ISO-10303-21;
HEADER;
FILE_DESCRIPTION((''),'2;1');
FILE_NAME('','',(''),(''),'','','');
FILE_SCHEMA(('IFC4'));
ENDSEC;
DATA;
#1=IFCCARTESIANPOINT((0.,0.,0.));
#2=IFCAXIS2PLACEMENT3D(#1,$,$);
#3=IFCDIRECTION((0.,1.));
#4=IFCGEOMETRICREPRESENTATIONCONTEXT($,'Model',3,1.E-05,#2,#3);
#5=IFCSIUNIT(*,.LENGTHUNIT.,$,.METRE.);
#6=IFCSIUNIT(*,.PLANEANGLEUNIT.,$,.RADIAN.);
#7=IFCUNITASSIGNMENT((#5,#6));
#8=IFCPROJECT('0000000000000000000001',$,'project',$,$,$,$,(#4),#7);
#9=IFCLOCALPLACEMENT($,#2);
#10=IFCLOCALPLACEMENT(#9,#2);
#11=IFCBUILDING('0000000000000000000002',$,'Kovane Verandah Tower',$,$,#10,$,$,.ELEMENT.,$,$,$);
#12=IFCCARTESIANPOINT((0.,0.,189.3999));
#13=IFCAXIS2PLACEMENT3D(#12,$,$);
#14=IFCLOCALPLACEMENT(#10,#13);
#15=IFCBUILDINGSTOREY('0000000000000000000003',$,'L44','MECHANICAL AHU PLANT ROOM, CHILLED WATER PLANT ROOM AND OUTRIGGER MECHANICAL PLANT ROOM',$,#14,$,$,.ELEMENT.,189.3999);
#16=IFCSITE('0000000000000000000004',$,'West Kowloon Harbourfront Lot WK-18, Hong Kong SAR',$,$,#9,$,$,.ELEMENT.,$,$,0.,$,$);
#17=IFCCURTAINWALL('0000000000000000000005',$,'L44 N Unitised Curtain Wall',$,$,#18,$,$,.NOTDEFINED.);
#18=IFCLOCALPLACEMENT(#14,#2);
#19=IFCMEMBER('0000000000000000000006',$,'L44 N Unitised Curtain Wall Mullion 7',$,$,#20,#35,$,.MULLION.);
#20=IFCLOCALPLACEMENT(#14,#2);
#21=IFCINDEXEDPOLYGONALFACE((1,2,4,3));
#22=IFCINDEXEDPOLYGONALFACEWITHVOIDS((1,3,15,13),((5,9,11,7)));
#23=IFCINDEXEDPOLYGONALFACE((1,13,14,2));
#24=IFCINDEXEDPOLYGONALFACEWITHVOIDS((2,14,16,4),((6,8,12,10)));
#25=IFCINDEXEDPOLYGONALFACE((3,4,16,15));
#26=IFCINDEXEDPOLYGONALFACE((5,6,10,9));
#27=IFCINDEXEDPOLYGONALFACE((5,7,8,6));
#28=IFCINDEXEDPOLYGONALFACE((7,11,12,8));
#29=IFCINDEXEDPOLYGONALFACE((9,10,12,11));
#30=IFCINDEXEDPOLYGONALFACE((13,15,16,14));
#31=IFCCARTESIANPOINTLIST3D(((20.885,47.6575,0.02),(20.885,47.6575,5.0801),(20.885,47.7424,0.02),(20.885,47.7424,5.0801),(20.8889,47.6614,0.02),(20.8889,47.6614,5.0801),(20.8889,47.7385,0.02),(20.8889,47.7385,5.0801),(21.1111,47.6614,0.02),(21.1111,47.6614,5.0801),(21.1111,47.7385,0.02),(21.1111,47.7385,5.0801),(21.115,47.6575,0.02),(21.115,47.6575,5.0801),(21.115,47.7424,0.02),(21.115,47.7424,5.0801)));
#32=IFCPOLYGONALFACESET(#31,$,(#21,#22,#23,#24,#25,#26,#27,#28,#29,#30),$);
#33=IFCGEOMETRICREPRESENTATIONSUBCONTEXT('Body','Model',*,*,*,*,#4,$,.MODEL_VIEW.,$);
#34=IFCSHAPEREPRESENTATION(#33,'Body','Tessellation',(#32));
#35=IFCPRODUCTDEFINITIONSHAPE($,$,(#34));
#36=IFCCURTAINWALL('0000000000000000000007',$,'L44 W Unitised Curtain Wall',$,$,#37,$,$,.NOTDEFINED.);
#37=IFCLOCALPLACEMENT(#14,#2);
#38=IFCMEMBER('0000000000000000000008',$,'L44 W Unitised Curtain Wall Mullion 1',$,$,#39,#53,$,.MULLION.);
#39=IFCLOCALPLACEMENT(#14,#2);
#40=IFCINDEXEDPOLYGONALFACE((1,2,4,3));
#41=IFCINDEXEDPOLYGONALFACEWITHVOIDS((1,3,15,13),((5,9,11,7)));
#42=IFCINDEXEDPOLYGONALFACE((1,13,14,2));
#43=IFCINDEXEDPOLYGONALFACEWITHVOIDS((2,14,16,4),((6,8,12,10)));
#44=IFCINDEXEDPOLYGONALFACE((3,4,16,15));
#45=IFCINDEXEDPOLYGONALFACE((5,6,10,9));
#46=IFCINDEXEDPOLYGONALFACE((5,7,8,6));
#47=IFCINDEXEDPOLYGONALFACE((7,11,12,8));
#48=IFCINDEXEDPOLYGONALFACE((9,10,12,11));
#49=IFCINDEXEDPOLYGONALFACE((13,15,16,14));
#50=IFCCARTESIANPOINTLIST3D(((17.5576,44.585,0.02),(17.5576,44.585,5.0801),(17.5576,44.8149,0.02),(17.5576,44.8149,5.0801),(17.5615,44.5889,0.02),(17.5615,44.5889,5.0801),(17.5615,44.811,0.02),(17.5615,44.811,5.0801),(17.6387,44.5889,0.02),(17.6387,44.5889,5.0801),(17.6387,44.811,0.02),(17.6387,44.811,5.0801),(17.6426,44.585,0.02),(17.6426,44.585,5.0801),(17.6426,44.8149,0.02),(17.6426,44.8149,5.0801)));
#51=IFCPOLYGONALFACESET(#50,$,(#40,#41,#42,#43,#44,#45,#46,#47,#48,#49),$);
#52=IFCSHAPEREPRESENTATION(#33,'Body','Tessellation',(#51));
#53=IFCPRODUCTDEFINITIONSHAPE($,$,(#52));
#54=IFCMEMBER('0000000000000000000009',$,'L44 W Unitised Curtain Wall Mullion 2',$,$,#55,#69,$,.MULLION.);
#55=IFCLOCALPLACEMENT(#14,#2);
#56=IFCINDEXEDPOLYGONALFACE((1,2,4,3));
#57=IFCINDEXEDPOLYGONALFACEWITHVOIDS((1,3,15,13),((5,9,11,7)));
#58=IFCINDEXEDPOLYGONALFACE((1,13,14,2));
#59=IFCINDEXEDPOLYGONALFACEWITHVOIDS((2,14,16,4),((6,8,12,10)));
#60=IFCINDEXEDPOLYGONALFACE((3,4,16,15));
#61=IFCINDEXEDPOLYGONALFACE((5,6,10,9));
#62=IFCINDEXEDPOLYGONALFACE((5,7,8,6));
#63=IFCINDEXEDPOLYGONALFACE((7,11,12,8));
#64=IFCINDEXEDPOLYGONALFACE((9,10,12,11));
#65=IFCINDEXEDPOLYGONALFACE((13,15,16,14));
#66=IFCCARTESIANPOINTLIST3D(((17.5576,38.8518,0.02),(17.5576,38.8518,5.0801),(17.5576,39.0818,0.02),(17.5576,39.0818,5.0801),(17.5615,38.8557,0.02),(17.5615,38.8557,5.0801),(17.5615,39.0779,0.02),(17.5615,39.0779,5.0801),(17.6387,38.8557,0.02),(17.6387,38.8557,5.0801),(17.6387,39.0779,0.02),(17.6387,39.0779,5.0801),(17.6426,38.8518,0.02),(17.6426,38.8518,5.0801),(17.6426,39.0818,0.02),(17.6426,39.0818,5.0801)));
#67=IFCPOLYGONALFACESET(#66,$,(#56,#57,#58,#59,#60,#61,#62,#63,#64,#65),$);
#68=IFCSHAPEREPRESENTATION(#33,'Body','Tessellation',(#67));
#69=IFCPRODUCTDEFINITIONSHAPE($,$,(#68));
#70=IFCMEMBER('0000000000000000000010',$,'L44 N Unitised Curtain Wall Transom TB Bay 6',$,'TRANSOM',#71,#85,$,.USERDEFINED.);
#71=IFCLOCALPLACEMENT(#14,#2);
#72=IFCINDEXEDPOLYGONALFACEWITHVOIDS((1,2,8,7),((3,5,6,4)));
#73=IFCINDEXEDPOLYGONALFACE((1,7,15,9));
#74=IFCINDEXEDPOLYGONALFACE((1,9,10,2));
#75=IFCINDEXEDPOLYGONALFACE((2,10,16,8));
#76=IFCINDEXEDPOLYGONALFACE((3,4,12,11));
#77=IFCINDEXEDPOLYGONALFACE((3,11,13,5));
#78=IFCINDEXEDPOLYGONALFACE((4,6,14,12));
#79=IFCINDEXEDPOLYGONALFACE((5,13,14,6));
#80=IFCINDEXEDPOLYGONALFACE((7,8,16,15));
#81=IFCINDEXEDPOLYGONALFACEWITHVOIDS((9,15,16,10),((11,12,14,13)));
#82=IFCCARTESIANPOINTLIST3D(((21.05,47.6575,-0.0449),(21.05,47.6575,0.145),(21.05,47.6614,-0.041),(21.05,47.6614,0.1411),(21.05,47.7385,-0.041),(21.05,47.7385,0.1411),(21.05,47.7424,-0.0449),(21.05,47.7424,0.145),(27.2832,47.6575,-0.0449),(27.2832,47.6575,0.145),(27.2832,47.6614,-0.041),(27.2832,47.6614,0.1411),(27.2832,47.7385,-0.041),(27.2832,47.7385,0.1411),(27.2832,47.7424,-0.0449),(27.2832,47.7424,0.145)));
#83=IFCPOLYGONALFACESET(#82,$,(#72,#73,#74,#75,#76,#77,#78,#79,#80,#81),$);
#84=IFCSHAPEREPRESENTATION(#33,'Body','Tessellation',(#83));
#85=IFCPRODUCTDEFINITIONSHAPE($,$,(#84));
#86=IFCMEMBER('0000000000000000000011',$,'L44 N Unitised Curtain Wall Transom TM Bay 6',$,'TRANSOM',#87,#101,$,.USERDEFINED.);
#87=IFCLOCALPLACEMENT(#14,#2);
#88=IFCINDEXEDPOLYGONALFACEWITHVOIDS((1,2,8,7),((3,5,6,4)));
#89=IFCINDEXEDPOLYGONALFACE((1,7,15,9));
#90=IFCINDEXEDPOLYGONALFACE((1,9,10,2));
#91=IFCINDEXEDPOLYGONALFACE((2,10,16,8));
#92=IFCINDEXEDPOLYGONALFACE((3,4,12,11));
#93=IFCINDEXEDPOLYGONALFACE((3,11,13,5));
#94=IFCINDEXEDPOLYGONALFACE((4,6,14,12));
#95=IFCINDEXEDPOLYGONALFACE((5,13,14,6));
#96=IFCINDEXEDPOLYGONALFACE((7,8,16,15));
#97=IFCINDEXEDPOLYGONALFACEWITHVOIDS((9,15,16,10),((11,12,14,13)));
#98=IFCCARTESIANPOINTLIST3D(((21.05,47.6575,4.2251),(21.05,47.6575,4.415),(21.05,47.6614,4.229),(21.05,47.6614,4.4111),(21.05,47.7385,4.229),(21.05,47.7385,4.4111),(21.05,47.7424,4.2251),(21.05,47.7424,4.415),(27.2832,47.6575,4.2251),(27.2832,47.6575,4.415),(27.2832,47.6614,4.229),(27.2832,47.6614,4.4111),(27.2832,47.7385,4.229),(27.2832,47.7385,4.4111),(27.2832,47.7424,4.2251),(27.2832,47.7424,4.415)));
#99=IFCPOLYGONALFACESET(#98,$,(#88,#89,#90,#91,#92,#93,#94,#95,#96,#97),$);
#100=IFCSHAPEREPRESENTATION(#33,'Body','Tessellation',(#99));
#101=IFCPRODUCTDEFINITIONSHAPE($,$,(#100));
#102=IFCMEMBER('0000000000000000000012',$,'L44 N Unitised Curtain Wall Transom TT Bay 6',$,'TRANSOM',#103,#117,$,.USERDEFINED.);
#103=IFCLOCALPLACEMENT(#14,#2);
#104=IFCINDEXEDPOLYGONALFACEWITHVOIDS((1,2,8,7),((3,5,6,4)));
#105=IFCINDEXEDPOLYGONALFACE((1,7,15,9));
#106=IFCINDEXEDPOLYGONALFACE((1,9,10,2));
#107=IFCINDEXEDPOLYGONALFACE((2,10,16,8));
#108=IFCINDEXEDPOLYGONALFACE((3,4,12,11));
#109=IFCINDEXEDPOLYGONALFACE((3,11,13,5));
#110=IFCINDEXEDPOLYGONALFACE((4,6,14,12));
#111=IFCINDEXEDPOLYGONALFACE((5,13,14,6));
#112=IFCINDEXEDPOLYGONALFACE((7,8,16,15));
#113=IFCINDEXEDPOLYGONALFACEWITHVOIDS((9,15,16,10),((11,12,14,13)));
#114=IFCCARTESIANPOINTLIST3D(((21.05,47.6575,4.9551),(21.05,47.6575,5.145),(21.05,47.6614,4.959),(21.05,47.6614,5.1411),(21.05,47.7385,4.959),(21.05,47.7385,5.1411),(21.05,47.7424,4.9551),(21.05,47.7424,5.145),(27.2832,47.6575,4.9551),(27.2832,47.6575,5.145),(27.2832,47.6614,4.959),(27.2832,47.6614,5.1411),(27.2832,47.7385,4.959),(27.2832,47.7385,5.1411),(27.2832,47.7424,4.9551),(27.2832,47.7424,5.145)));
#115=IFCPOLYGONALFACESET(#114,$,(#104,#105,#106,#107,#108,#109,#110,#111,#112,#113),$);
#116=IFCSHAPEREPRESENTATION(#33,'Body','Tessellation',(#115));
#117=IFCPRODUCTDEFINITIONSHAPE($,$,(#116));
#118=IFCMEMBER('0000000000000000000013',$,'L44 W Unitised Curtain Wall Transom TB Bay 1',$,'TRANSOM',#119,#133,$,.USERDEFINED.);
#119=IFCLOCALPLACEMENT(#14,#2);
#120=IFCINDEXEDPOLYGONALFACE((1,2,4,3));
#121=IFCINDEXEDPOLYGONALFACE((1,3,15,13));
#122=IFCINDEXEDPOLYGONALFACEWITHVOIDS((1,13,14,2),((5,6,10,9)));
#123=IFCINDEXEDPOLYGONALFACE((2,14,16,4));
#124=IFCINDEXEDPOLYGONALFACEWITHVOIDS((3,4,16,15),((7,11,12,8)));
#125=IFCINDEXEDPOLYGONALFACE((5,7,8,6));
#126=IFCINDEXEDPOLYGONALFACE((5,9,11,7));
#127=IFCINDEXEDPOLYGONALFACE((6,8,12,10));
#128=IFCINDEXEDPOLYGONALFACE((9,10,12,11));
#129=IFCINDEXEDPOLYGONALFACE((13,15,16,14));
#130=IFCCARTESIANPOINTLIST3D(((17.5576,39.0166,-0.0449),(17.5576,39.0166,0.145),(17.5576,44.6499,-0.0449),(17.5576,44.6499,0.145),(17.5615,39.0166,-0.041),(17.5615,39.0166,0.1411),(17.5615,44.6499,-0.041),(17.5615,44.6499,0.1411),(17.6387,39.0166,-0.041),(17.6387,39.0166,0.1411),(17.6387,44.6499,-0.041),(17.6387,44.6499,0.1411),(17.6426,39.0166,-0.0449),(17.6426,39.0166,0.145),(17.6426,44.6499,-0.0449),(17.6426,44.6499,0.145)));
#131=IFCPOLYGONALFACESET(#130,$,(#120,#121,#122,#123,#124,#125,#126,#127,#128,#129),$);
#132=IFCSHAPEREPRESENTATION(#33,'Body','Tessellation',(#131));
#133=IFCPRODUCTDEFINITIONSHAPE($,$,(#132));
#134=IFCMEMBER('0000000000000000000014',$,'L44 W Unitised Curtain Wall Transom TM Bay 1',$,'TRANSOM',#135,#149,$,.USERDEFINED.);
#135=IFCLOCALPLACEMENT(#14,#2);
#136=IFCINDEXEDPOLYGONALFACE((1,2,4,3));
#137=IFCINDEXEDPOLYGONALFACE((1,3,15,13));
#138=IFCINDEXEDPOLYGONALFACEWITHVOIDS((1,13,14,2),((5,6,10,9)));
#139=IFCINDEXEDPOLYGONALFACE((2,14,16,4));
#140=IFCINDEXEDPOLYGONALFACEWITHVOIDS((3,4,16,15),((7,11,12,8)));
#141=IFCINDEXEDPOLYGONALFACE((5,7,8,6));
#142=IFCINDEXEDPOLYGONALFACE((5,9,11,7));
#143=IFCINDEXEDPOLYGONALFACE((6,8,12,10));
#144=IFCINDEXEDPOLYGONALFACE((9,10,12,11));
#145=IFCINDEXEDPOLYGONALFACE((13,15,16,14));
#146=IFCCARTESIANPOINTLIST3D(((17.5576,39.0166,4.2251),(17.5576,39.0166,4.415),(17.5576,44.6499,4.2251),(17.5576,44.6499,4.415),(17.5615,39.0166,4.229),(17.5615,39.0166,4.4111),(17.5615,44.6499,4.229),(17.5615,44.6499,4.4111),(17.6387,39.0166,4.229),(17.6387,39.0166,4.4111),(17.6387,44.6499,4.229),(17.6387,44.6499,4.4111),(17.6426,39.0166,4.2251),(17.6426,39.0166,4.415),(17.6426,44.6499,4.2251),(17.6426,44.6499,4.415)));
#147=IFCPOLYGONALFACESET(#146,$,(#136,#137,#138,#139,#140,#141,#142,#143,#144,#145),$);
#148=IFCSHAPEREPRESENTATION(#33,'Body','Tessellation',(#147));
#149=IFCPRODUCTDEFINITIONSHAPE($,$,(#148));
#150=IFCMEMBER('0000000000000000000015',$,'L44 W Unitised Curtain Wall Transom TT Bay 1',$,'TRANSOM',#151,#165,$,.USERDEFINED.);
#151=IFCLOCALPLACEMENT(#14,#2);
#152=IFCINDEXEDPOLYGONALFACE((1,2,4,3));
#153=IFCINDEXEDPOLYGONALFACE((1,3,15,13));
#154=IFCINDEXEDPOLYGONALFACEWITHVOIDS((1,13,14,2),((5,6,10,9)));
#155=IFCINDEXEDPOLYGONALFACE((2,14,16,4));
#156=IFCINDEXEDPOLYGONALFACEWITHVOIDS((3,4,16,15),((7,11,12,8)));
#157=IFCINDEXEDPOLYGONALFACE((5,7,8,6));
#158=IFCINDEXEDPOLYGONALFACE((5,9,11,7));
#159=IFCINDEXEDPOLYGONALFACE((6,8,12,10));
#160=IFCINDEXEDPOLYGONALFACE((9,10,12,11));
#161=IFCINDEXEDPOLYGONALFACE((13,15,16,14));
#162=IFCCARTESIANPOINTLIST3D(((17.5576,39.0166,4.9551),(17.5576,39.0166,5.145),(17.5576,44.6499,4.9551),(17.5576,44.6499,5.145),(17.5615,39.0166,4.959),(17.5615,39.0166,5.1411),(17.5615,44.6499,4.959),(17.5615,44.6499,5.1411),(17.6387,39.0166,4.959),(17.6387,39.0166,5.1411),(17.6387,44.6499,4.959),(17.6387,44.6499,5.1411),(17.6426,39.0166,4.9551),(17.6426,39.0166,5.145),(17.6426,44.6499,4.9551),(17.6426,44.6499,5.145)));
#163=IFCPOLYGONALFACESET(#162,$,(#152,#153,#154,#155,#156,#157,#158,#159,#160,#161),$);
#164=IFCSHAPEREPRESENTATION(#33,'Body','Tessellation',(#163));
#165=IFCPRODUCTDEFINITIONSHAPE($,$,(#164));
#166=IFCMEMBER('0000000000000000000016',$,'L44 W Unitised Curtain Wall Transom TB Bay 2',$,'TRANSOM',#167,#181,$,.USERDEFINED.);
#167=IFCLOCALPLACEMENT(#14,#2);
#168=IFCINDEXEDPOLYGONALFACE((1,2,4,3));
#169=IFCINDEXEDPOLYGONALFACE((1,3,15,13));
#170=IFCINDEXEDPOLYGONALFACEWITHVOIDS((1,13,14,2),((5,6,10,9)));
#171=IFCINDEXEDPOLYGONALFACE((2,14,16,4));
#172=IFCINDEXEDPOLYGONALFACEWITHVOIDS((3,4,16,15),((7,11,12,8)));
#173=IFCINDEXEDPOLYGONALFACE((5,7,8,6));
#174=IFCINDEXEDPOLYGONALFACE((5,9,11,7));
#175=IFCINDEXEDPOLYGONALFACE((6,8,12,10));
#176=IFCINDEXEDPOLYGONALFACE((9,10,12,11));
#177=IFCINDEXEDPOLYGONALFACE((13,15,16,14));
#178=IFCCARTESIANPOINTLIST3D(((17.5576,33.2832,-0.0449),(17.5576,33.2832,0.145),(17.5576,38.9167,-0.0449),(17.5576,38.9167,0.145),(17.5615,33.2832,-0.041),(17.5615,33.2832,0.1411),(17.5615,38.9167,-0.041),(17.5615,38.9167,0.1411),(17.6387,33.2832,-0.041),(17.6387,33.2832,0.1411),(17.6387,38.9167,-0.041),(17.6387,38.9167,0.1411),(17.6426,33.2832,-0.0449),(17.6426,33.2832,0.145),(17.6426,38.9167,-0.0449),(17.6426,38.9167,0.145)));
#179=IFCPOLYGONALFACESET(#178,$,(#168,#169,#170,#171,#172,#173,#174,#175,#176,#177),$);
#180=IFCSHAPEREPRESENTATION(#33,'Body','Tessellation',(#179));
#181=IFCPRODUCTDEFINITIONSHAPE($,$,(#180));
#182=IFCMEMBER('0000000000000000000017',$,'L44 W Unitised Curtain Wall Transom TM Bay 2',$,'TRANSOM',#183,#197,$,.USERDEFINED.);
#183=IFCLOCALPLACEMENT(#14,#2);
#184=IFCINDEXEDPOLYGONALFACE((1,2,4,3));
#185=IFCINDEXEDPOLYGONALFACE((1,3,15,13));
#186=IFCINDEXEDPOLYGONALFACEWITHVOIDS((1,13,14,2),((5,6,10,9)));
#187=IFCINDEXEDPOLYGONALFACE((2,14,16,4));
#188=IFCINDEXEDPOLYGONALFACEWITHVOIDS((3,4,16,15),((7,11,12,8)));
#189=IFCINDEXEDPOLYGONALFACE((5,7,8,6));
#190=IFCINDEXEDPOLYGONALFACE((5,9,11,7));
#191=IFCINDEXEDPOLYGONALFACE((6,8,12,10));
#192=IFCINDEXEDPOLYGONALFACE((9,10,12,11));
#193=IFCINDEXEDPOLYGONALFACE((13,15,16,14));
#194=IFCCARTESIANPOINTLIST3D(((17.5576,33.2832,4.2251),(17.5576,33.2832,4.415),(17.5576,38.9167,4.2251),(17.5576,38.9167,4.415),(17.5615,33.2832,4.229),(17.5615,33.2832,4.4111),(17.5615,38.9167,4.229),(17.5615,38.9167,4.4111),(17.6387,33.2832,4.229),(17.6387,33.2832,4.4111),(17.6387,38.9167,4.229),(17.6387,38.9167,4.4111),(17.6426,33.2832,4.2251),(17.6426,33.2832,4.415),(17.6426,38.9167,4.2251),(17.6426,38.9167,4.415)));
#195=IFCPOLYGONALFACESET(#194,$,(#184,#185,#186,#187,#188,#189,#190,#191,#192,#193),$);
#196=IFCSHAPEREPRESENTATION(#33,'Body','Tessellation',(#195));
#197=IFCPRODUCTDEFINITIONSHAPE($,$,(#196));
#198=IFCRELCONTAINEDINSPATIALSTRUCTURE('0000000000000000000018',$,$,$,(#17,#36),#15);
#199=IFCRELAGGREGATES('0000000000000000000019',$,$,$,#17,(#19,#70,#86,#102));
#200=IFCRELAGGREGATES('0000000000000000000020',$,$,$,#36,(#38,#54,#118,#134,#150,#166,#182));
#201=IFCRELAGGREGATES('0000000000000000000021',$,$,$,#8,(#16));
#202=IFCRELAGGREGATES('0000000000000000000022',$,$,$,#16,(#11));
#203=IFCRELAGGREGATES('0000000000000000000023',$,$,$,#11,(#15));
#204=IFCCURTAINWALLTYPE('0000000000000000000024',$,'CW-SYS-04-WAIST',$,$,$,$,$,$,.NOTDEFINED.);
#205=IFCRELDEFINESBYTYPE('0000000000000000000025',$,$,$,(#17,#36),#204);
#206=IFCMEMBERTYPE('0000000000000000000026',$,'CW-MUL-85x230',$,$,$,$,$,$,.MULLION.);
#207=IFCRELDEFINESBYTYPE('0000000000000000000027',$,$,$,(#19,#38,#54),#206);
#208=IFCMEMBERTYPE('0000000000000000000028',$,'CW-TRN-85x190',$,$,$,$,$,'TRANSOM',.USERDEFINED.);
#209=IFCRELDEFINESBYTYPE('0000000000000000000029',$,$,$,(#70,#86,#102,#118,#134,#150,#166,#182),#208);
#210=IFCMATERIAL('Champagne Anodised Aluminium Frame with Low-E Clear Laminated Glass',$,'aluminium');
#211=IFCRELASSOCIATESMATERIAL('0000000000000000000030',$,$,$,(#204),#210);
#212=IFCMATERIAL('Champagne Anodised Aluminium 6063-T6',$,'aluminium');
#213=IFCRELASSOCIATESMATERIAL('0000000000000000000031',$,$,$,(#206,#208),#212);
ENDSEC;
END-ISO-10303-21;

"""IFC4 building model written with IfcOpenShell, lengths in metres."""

from ifc_helpers import new_model, si_unit, direction, frame, origin, origin_2d, place, context, subcontext, project, spatial, hollow_rectangle, extrude, material, material_profile, profile_set, type_object, element, aggregate, save


model = new_model("IFC4")

# Units and contexts
model_context = context("Model", 3, precision=1e-05, world=origin(), true_north=direction((0.0, 1.0)))
body_context = subcontext(model_context, "Body", "Model", "MODEL_VIEW")
ifc_project = project(units=[si_unit("LENGTHUNIT", "METRE"), si_unit("PLANEANGLEUNIT", "RADIAN")], contexts=[model_context])

# Site, building, storey
site_placement = place(None, origin())
site = spatial("IfcSite", under=ifc_project, at=site_placement, Name="West Kowloon Harbourfront Lot WK-18, Hong Kong SAR", CompositionType="ELEMENT", RefElevation=0.0)
building_placement = place(site_placement, origin())
building = spatial("IfcBuilding", under=site, at=building_placement, Name="Kovane Verandah Tower", CompositionType="ELEMENT")
storey_placement = place(building_placement, frame((0.0, 0.0, 189.3999)))
storey = spatial("IfcBuildingStorey", under=building, at=storey_placement, Name="L44", Description="MECHANICAL AHU PLANT ROOM, CHILLED WATER PLANT ROOM AND OUTRIGGER MECHANICAL PLANT ROOM", CompositionType="ELEMENT", Elevation=189.3999)

# Curtain walls, members
ifc_material_1 = material(Name="Champagne Anodised Aluminium Frame with Low-E Clear Laminated Glass", Category="aluminium")
curtain_wall_type = type_object("IfcCurtainWallType", Name="CW-SYS-04-WAIST", PredefinedType="NOTDEFINED", material=ifc_material_1)
curtain_wall_1_placement = place(storey_placement, origin())
curtain_wall_1 = element("IfcCurtainWall", 1, at=curtain_wall_1_placement, inside=storey, type_object=curtain_wall_type, Name="L44 N Unitised Curtain Wall", PredefinedType="NOTDEFINED")
ifc_material_2 = material(Name="Champagne Anodised Aluminium 6063-T6", Category="aluminium")
ifc_material_profile_1 = material_profile(ifc_material_2, hollow_rectangle(XDim=0.085, YDim=0.23, WallThickness=0.0039, at=origin_2d()), Name="AL85x230x4")
ifc_profile_set_1 = profile_set([ifc_material_profile_1], Name="Champagne Anodised Aluminium 6063-T6")
member_type_1 = type_object("IfcMemberType", Name="CW-MUL-85x230", PredefinedType="MULLION", material=ifc_profile_set_1)
member_1_placement = place(storey_placement, frame((21.0, 47.7, 0.02), z_axis=(0.0, 0.0, 1.0), x_axis=(0.0, 1.0, 0.0)))
member_1 = element("IfcMember", 2, at=member_1_placement, type_object=member_type_1, Name="L44 N Unitised Curtain Wall Mullion 7", PredefinedType="MULLION", context=body_context, shape_type="SweptSolid", body=[
    extrude(hollow_rectangle(XDim=0.085, YDim=0.23, WallThickness=0.0039, at=origin_2d()), origin(), (0.0, 0.0, 1.0), 5.0601),
])
curtain_wall_2_placement = place(storey_placement, origin())
curtain_wall_2 = element("IfcCurtainWall", 3, at=curtain_wall_2_placement, inside=storey, type_object=curtain_wall_type, Name="L44 W Unitised Curtain Wall", PredefinedType="NOTDEFINED")
member_2_placement = place(storey_placement, frame((17.6001, 44.7, 0.02), z_axis=(0.0, 0.0, 1.0), x_axis=(-1.0, 0.0, 0.0)))
member_2 = element("IfcMember", 4, at=member_2_placement, type_object=member_type_1, Name="L44 W Unitised Curtain Wall Mullion 1", PredefinedType="MULLION", context=body_context, shape_type="SweptSolid", body=[
    extrude(hollow_rectangle(XDim=0.085, YDim=0.23, WallThickness=0.0039, at=origin_2d()), origin(), (0.0, 0.0, 1.0), 5.0601),
])
member_3_placement = place(storey_placement, frame((17.6001, 38.9668, 0.02), z_axis=(0.0, 0.0, 1.0), x_axis=(-1.0, 0.0, 0.0)))
member_3 = element("IfcMember", 5, at=member_3_placement, type_object=member_type_1, Name="L44 W Unitised Curtain Wall Mullion 2", PredefinedType="MULLION", context=body_context, shape_type="SweptSolid", body=[
    extrude(hollow_rectangle(XDim=0.085, YDim=0.23, WallThickness=0.0039, at=origin_2d()), origin(), (0.0, 0.0, 1.0), 5.0601),
])

# Members
ifc_material_profile_2 = material_profile(ifc_material_2, hollow_rectangle(XDim=0.085, YDim=0.1899, WallThickness=0.0039, at=origin_2d()), Name="AL85x190x4")
ifc_profile_set_2 = profile_set([ifc_material_profile_2], Name="Champagne Anodised Aluminium 6063-T6")
member_type_2 = type_object("IfcMemberType", Name="CW-TRN-85x190", ElementType="TRANSOM", PredefinedType="USERDEFINED", material=ifc_profile_set_2)
member_4_placement = place(storey_placement, frame((27.2832, 47.7, 0.05), z_axis=(-1.0, 0.0, 0.0), x_axis=(0.0, -1.0, 0.0)))
member_4 = element("IfcMember", 6, at=member_4_placement, type_object=member_type_2, Name="L44 N Unitised Curtain Wall Transom TB Bay 6", ObjectType="TRANSOM", PredefinedType="USERDEFINED", context=body_context, shape_type="SweptSolid", body=[
    extrude(hollow_rectangle(XDim=0.085, YDim=0.1899, WallThickness=0.0039, at=origin_2d()), origin(), (0.0, 0.0, 1.0), 6.2332),
])
member_5_placement = place(storey_placement, frame((27.2832, 47.7, 4.3201), z_axis=(-1.0, 0.0, 0.0), x_axis=(0.0, -1.0, 0.0)))
member_5 = element("IfcMember", 7, at=member_5_placement, type_object=member_type_2, Name="L44 N Unitised Curtain Wall Transom TM Bay 6", ObjectType="TRANSOM", PredefinedType="USERDEFINED", context=body_context, shape_type="SweptSolid", body=[
    extrude(hollow_rectangle(XDim=0.085, YDim=0.1899, WallThickness=0.0039, at=origin_2d()), origin(), (0.0, 0.0, 1.0), 6.2332),
])
member_6_placement = place(storey_placement, frame((27.2832, 47.7, 5.05), z_axis=(-1.0, 0.0, 0.0), x_axis=(0.0, -1.0, 0.0)))
member_6 = element("IfcMember", 8, at=member_6_placement, type_object=member_type_2, Name="L44 N Unitised Curtain Wall Transom TT Bay 6", ObjectType="TRANSOM", PredefinedType="USERDEFINED", context=body_context, shape_type="SweptSolid", body=[
    extrude(hollow_rectangle(XDim=0.085, YDim=0.1899, WallThickness=0.0039, at=origin_2d()), origin(), (0.0, 0.0, 1.0), 6.2332),
])
member_7_placement = place(storey_placement, frame((17.6001, 44.6499, 0.05), z_axis=(0.0, -1.0, 0.0), x_axis=(1.0, 0.0, 0.0)))
member_7 = element("IfcMember", 9, at=member_7_placement, type_object=member_type_2, Name="L44 W Unitised Curtain Wall Transom TB Bay 1", ObjectType="TRANSOM", PredefinedType="USERDEFINED", context=body_context, shape_type="SweptSolid", body=[
    extrude(hollow_rectangle(XDim=0.085, YDim=0.1899, WallThickness=0.0039, at=origin_2d()), origin(), (0.0, 0.0, 1.0), 5.6333),
])
member_8_placement = place(storey_placement, frame((17.6001, 44.6499, 4.3201), z_axis=(0.0, -1.0, 0.0), x_axis=(1.0, 0.0, 0.0)))
member_8 = element("IfcMember", 10, at=member_8_placement, type_object=member_type_2, Name="L44 W Unitised Curtain Wall Transom TM Bay 1", ObjectType="TRANSOM", PredefinedType="USERDEFINED", context=body_context, shape_type="SweptSolid", body=[
    extrude(hollow_rectangle(XDim=0.085, YDim=0.1899, WallThickness=0.0039, at=origin_2d()), origin(), (0.0, 0.0, 1.0), 5.6333),
])
member_9_placement = place(storey_placement, frame((17.6001, 44.6499, 5.05), z_axis=(0.0, -1.0, 0.0), x_axis=(1.0, 0.0, 0.0)))
member_9 = element("IfcMember", 11, at=member_9_placement, type_object=member_type_2, Name="L44 W Unitised Curtain Wall Transom TT Bay 1", ObjectType="TRANSOM", PredefinedType="USERDEFINED", context=body_context, shape_type="SweptSolid", body=[
    extrude(hollow_rectangle(XDim=0.085, YDim=0.1899, WallThickness=0.0039, at=origin_2d()), origin(), (0.0, 0.0, 1.0), 5.6333),
])
member_10_placement = place(storey_placement, frame((17.6001, 38.9167, 0.05), z_axis=(0.0, -1.0, 0.0), x_axis=(1.0, 0.0, 0.0)))
member_10 = element("IfcMember", 12, at=member_10_placement, type_object=member_type_2, Name="L44 W Unitised Curtain Wall Transom TB Bay 2", ObjectType="TRANSOM", PredefinedType="USERDEFINED", context=body_context, shape_type="SweptSolid", body=[
    extrude(hollow_rectangle(XDim=0.085, YDim=0.1899, WallThickness=0.0039, at=origin_2d()), origin(), (0.0, 0.0, 1.0), 5.6335),
])
member_11_placement = place(storey_placement, frame((17.6001, 38.9167, 4.3201), z_axis=(0.0, -1.0, 0.0), x_axis=(1.0, 0.0, 0.0)))
member_11 = element("IfcMember", 13, at=member_11_placement, type_object=member_type_2, Name="L44 W Unitised Curtain Wall Transom TM Bay 2", ObjectType="TRANSOM", PredefinedType="USERDEFINED", context=body_context, shape_type="SweptSolid", body=[
    extrude(hollow_rectangle(XDim=0.085, YDim=0.1899, WallThickness=0.0039, at=origin_2d()), origin(), (0.0, 0.0, 1.0), 5.6335),
])

aggregate(curtain_wall_1, [member_1, member_4, member_5, member_6])
aggregate(curtain_wall_2, [member_2, member_3, member_7, member_8, member_9, member_10, member_11])

save(model, "model.ifc")
